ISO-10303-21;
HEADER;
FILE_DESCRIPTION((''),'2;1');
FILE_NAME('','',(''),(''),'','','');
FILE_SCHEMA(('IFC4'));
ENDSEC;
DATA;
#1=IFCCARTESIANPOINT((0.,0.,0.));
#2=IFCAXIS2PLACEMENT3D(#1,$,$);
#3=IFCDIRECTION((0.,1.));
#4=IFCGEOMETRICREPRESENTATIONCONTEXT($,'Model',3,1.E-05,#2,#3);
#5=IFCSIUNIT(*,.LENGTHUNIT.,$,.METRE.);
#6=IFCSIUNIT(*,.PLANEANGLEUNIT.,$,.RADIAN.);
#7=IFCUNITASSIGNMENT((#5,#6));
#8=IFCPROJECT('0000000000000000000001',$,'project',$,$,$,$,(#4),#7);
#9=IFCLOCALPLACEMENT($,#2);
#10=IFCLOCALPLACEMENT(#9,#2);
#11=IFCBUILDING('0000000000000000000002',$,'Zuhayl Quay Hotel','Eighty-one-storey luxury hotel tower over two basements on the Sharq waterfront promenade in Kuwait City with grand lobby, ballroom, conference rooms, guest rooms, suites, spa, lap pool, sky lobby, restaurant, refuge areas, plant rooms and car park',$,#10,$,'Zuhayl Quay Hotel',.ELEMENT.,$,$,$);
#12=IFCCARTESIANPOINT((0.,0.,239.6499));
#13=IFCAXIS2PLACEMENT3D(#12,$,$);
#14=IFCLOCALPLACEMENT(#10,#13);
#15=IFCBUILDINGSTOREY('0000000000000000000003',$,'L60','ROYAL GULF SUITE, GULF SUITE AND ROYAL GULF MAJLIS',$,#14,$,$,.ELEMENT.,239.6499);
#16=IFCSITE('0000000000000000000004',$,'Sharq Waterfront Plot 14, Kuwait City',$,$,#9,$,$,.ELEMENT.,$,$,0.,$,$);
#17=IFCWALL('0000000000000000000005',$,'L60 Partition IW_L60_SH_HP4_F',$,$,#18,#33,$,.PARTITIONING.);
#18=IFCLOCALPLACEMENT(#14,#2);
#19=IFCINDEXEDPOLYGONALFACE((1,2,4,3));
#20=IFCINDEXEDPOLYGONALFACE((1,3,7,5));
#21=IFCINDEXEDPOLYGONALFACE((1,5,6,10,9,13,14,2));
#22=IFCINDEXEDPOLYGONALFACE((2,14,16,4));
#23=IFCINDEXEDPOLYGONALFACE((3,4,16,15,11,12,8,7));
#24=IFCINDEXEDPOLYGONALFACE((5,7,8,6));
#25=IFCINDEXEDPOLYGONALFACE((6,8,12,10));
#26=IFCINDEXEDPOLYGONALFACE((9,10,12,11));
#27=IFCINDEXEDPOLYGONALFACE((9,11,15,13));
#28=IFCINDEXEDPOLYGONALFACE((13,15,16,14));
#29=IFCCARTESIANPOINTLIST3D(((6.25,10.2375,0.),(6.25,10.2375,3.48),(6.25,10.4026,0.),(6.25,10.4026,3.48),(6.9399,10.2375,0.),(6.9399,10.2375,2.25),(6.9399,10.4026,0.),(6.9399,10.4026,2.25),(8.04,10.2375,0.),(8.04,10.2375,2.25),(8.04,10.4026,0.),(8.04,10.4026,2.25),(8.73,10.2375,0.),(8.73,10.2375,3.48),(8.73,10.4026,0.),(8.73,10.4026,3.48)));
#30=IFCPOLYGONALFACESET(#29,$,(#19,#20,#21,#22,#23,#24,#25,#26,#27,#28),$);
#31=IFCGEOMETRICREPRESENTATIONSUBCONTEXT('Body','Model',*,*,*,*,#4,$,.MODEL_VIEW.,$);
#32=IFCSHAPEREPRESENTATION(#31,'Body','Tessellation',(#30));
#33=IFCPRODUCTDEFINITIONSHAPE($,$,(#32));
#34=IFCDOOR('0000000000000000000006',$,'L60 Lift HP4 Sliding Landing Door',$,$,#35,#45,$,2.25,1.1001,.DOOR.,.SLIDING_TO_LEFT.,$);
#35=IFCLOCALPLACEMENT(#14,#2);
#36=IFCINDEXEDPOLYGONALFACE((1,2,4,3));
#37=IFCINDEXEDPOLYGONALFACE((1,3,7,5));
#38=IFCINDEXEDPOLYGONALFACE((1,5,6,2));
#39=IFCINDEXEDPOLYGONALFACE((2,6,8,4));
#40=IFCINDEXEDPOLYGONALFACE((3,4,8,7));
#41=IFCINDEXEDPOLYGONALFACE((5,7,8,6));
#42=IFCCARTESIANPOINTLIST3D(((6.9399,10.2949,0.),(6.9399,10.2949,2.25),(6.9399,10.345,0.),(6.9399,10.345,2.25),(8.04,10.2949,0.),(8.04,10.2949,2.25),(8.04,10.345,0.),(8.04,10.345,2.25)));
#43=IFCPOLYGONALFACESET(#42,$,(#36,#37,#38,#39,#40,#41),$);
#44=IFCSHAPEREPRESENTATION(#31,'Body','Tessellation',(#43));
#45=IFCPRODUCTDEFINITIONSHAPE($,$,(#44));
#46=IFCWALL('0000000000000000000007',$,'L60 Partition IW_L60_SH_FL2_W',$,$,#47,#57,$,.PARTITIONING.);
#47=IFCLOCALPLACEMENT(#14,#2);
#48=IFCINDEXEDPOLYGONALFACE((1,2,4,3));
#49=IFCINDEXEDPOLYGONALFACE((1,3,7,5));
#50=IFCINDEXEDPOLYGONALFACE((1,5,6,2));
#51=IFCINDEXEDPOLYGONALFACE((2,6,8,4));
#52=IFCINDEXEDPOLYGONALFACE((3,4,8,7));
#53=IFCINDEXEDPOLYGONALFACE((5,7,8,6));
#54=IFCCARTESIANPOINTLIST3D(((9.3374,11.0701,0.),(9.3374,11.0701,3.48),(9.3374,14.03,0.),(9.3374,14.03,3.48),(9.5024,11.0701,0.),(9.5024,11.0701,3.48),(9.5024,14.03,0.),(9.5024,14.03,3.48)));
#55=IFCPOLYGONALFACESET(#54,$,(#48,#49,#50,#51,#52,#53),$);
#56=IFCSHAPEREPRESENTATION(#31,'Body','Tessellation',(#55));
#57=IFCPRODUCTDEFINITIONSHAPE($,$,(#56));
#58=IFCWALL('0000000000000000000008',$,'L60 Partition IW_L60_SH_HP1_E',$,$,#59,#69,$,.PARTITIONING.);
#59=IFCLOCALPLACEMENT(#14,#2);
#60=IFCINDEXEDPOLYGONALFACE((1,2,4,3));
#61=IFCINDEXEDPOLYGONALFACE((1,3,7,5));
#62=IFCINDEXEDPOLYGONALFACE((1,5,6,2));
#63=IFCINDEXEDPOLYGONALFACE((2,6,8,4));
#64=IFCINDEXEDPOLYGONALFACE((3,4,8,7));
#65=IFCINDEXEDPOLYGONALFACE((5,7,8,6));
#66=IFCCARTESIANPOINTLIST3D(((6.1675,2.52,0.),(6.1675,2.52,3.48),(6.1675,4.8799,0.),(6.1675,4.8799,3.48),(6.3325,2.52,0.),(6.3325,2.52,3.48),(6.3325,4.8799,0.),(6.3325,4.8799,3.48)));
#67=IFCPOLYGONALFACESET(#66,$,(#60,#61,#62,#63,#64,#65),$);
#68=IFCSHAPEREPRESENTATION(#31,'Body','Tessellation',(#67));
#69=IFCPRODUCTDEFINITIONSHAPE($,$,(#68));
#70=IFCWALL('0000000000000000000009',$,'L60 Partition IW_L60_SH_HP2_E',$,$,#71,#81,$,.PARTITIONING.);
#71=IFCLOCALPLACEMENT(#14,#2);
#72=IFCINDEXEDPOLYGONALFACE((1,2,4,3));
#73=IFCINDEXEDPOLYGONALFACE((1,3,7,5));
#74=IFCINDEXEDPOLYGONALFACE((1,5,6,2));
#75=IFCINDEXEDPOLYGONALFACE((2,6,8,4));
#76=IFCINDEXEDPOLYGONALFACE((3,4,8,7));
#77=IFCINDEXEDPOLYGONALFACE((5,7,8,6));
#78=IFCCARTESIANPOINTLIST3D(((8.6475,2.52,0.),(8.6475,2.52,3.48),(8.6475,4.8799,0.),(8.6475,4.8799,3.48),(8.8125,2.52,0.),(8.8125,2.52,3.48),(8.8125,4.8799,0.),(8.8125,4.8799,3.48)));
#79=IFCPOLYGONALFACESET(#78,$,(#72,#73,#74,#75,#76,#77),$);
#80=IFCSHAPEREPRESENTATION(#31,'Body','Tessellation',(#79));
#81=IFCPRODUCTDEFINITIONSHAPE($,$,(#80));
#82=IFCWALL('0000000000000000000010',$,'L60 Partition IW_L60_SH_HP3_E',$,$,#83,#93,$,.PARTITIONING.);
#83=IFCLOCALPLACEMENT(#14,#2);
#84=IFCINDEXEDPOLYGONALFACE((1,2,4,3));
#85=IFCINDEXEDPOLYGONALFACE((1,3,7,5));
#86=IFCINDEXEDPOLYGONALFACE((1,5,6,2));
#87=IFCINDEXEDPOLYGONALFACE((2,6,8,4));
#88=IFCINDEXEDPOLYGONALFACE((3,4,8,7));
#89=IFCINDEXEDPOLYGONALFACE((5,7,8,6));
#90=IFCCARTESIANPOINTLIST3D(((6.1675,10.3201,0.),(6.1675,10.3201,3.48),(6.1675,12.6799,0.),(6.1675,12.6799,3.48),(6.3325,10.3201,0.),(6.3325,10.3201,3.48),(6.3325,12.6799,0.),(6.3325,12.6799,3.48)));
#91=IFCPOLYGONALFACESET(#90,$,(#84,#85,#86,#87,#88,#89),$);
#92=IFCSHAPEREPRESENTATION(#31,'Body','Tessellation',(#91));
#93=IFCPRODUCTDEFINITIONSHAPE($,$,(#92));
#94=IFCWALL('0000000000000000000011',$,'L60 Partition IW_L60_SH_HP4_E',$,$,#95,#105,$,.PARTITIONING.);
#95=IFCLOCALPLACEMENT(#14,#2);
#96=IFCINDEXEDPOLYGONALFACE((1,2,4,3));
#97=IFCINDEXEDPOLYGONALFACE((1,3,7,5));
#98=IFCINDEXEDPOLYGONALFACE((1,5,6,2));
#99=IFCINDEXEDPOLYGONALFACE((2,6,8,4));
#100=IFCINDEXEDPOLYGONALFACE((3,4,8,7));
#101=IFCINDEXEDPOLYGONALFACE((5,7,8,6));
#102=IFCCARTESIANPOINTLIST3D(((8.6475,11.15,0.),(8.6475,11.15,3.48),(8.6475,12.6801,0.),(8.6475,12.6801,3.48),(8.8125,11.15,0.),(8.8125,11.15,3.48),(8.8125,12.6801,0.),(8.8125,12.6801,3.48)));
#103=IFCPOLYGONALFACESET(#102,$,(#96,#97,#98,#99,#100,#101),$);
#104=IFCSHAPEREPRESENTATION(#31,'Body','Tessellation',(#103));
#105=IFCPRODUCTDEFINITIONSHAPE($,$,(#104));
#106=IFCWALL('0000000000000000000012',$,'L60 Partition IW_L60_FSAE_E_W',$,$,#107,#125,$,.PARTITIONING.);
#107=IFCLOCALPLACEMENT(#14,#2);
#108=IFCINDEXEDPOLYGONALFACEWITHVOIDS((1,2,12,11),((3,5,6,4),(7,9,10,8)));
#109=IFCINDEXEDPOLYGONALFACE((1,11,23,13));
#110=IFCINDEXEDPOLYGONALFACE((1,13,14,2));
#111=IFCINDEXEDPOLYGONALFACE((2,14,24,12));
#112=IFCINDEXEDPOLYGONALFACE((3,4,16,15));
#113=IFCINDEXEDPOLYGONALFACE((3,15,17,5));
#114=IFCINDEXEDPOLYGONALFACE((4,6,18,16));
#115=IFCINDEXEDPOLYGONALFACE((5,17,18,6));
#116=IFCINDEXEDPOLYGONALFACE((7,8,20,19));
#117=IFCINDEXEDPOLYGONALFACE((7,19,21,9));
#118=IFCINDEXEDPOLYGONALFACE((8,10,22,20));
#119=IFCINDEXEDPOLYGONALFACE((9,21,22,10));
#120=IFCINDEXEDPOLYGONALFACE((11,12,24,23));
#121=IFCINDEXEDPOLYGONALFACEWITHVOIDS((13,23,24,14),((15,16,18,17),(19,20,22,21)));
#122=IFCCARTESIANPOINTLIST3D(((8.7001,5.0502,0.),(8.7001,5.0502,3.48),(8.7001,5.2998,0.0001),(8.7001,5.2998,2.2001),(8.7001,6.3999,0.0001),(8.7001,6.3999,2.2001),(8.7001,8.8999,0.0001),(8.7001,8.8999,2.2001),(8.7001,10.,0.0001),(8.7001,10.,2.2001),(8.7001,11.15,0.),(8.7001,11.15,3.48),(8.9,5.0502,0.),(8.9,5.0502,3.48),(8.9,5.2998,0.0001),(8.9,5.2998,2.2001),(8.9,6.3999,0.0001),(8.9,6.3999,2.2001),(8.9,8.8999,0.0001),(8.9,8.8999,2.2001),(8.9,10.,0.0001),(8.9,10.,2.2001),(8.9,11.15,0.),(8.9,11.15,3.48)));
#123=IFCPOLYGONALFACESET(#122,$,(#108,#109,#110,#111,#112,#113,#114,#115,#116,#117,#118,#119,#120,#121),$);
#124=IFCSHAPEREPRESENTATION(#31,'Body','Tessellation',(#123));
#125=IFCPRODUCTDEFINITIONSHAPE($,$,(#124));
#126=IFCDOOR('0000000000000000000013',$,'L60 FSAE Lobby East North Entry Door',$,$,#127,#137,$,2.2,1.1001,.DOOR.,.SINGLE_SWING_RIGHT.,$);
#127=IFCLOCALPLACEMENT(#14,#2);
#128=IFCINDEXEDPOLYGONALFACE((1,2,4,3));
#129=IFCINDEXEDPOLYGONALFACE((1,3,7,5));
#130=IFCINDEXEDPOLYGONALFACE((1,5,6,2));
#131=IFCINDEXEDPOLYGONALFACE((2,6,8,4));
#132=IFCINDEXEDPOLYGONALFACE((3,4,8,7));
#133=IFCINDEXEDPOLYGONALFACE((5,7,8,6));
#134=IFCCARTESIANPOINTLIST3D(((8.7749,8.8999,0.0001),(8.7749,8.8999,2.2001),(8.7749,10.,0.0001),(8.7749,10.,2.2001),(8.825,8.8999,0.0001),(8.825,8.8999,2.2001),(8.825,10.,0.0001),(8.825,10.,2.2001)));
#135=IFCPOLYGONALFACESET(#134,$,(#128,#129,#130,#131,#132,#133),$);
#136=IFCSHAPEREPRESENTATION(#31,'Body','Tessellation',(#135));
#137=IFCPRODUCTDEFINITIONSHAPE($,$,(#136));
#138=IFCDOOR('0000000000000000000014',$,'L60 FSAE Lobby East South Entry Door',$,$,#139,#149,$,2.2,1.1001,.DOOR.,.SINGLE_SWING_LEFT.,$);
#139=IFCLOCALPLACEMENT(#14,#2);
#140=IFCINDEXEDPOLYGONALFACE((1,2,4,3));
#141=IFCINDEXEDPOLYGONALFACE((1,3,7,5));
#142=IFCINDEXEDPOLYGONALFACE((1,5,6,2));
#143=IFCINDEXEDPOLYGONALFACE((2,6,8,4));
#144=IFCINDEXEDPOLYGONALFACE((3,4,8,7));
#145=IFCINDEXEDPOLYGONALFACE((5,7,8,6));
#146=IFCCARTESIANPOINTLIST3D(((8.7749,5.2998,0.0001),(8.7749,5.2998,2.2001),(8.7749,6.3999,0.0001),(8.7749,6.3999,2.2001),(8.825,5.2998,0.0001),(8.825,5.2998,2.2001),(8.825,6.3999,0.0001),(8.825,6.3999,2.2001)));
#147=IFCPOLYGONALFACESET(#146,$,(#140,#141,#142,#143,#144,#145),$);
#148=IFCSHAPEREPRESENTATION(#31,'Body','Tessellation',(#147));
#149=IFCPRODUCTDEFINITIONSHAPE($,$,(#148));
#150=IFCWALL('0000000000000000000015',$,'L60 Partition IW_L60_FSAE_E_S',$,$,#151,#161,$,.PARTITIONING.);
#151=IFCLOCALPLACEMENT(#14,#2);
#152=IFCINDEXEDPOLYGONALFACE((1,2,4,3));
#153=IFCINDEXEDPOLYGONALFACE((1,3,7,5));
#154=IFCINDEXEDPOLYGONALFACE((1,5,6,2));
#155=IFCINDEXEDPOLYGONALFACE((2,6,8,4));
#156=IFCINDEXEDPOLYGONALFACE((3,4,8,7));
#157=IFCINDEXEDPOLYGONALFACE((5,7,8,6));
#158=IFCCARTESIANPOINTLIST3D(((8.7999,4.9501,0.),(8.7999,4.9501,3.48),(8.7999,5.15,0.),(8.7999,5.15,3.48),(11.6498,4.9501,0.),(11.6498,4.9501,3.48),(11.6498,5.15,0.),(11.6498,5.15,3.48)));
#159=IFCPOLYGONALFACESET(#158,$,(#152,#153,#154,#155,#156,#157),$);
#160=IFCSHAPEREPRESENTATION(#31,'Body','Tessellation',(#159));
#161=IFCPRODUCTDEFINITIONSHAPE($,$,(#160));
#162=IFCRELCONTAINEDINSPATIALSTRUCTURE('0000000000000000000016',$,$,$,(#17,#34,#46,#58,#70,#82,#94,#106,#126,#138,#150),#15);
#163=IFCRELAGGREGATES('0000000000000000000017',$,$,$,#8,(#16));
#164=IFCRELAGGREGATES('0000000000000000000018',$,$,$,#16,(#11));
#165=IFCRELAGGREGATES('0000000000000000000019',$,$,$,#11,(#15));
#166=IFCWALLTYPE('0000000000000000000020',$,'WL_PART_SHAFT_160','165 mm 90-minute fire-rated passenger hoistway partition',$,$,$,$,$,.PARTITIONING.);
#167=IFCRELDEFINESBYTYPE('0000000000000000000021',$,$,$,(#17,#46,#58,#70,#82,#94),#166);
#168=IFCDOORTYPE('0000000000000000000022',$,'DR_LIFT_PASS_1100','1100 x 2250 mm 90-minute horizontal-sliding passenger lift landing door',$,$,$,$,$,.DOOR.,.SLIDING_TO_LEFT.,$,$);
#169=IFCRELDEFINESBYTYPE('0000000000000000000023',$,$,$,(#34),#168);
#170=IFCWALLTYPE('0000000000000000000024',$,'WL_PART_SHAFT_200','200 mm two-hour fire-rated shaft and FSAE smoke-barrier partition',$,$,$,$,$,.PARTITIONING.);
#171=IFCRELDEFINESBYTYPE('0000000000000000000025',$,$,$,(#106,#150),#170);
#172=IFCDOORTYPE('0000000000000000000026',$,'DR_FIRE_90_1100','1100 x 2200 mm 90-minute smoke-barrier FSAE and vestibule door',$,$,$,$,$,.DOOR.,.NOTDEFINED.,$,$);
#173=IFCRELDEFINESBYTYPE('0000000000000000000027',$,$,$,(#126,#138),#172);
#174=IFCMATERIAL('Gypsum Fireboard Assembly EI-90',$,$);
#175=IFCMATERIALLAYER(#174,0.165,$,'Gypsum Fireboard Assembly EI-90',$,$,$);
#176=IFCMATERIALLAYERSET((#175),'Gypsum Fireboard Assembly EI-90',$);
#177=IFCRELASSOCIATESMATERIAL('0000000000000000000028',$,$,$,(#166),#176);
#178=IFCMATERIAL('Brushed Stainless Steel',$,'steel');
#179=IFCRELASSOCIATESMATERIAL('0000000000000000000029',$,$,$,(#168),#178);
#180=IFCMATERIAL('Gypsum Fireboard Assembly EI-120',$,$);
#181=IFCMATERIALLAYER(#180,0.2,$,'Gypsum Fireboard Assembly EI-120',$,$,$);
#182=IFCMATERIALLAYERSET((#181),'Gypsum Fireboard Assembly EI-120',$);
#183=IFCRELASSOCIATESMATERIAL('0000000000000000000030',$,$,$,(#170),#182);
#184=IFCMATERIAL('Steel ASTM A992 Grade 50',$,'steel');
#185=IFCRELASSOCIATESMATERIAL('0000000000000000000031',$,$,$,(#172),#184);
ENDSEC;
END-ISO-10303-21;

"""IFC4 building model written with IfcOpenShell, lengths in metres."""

from ifc_helpers import new_model, si_unit, direction, frame, frame_2d, origin, place, context, subcontext, project, spatial, rectangle, extrude, material, layer, layer_set, type_object, element, fill, save


model = new_model("IFC4")

# Units and contexts
model_context = context("Model", 3, precision=1e-05, world=origin(), true_north=direction((0.0, 1.0)))
body_context = subcontext(model_context, "Body", "Model", "MODEL_VIEW")
ifc_project = project(units=[si_unit("LENGTHUNIT", "METRE"), si_unit("PLANEANGLEUNIT", "RADIAN")], contexts=[model_context])

# Site, building, storey
site_placement = place(None, origin())
site = spatial("IfcSite", under=ifc_project, at=site_placement, Name="Sharq Waterfront Plot 14, Kuwait City", CompositionType="ELEMENT", RefElevation=0.0)
building_placement = place(site_placement, origin())
building = spatial("IfcBuilding", under=site, at=building_placement, Name="Zuhayl Quay Hotel", Description="Eighty-one-storey luxury hotel tower over two basements on the Sharq waterfront promenade in Kuwait City with grand lobby, ballroom, conference rooms, guest rooms, suites, spa, lap pool, sky lobby, restaurant, refuge areas, plant rooms and car park", LongName="Zuhayl Quay Hotel", CompositionType="ELEMENT")
storey_placement = place(building_placement, frame((0.0, 0.0, 239.6499)))
storey = spatial("IfcBuildingStorey", under=building, at=storey_placement, Name="L60", Description="ROYAL GULF SUITE, GULF SUITE AND ROYAL GULF MAJLIS", CompositionType="ELEMENT", Elevation=239.6499)

# Shared definitions
ifc_material_1 = material(Name="Steel ASTM A992 Grade 50", Category="steel")

# Wall, opening, door
ifc_material_2 = material(Name="Gypsum Fireboard Assembly EI-90")
ifc_layer_1 = layer(ifc_material_2, 0.165, Name="Gypsum Fireboard Assembly EI-90")
ifc_layer_set_1 = layer_set([ifc_layer_1], Name="Gypsum Fireboard Assembly EI-90")
wall_type_1 = type_object("IfcWallType", Name="WL_PART_SHAFT_160", Description="165 mm 90-minute fire-rated passenger hoistway partition", PredefinedType="PARTITIONING", material=ifc_layer_set_1)
ifc_material_3 = material(Name="Brushed Stainless Steel", Category="steel")
door_type_1 = type_object("IfcDoorType", Name="DR_LIFT_PASS_1100", Description="1100 x 2250 mm 90-minute horizontal-sliding passenger lift landing door", OperationType="SLIDING_TO_LEFT", PredefinedType="DOOR", material=ifc_material_3)
wall_1_placement = place(storey_placement, frame((6.25, 10.3201, 0.0), z_axis=(0.0, 0.0, 1.0), x_axis=(1.0, 0.0, 0.0)))
wall_1 = element("IfcWall", 1, at=wall_1_placement, inside=storey, type_object=wall_type_1, Name="L60 Partition IW_L60_SH_HP4_F", PredefinedType="PARTITIONING", context=body_context, shape_type="SweptSolid", body=[
    extrude(rectangle(XDim=2.48, YDim=0.165, at=frame_2d((1.24, 0.0))), origin(), (0.0, 0.0, 1.0), 3.48),
])
opening_1_placement = place(wall_1_placement, frame((0.6899, 0.0, 0.0)))
opening_1 = element("IfcOpeningElement", 2, at=opening_1_placement, cuts=wall_1, PredefinedType="OPENING", context=body_context, shape_type="SweptSolid", body=[
    extrude(rectangle(XDim=1.1001, YDim=2.25, at=frame_2d((0.55, 1.125))), frame((0.0, 0.0925, 0.0), z_axis=(0.0, -1.0, 0.0), x_axis=(1.0, 0.0, 0.0)), (0.0, 0.0, 1.0), 0.1851),
])
door_1_placement = place(opening_1_placement, origin())
door_1 = element("IfcDoor", 3, at=door_1_placement, inside=storey, type_object=door_type_1, Name="L60 Lift HP4 Sliding Landing Door", OperationType="SLIDING_TO_LEFT", OverallHeight=2.25, OverallWidth=1.1001, PredefinedType="DOOR", context=body_context, shape_type="SweptSolid", body=[
    extrude(rectangle(XDim=1.1001, YDim=2.25, at=frame_2d((0.55, 1.125))), frame((0.0, 0.0249, 0.0), z_axis=(0.0, -1.0, 0.0), x_axis=(1.0, 0.0, 0.0)), (0.0, 0.0, 1.0), 0.05),
])
fill(opening_1, door_1)

# Walls
wall_2_placement = place(storey_placement, frame((9.4199, 11.0701, 0.0), z_axis=(0.0, 0.0, 1.0), x_axis=(0.0, 1.0, 0.0)))
element("IfcWall", 4, at=wall_2_placement, inside=storey, type_object=wall_type_1, Name="L60 Partition IW_L60_SH_FL2_W", PredefinedType="PARTITIONING", context=body_context, shape_type="SweptSolid", body=[
    extrude(rectangle(XDim=2.96, YDim=0.165, at=frame_2d((1.48, 0.0))), origin(), (0.0, 0.0, 1.0), 3.48),
])
for number, where, z_axis, x_axis, name in (
    (5, (6.25, 2.52, 0.0), (0.0, 0.0, 1.0), (0.0, 1.0, 0.0), "L60 Partition IW_L60_SH_HP1_E"),
    (6, (8.73, 2.52, 0.0), (0.0, 0.0, 1.0), (0.0, 1.0, 0.0), "L60 Partition IW_L60_SH_HP2_E"),
    (7, (6.25, 10.3201, 0.0), (0.0, 0.0, 1.0), (0.0, 1.0, 0.0), "L60 Partition IW_L60_SH_HP3_E"),
):
    element("IfcWall", number, at=place(storey_placement, frame(where, z_axis=z_axis, x_axis=x_axis)), inside=storey, type_object=wall_type_1, Name=name, PredefinedType="PARTITIONING", context=body_context, shape_type="SweptSolid", body=[
        extrude(rectangle(XDim=2.3599, YDim=0.165, at=frame_2d((1.1799, 0.0))), origin(), (0.0, 0.0, 1.0), 3.48),
    ])
wall_3_placement = place(storey_placement, frame((8.73, 11.1499, 0.0), z_axis=(0.0, 0.0, 1.0), x_axis=(0.0, 1.0, 0.0)))
element("IfcWall", 8, at=wall_3_placement, inside=storey, type_object=wall_type_1, Name="L60 Partition IW_L60_SH_HP4_E", PredefinedType="PARTITIONING", context=body_context, shape_type="SweptSolid", body=[
    extrude(rectangle(XDim=1.53, YDim=0.165, at=frame_2d((0.7651, 0.0))), origin(), (0.0, 0.0, 1.0), 3.48),
])

# Wall, openings, doors
ifc_material_4 = material(Name="Gypsum Fireboard Assembly EI-120")
ifc_layer_2 = layer(ifc_material_4, 0.2, Name="Gypsum Fireboard Assembly EI-120")
ifc_layer_set_2 = layer_set([ifc_layer_2], Name="Gypsum Fireboard Assembly EI-120")
wall_type_2 = type_object("IfcWallType", Name="WL_PART_SHAFT_200", Description="200 mm two-hour fire-rated shaft and FSAE smoke-barrier partition", PredefinedType="PARTITIONING", material=ifc_layer_set_2)
wall_4_placement = place(storey_placement, frame((8.8, 11.1499, 0.0), z_axis=(0.0, 0.0, 1.0), x_axis=(0.0, -1.0, 0.0)))
wall_4 = element("IfcWall", 9, at=wall_4_placement, inside=storey, type_object=wall_type_2, Name="L60 Partition IW_L60_FSAE_E_W", PredefinedType="PARTITIONING", context=body_context, shape_type="SweptSolid", body=[
    extrude(rectangle(XDim=6.0999, YDim=0.2, at=frame_2d((3.0498, 0.0))), origin(), (0.0, 0.0, 1.0), 3.48),
])
opening_2_placement = place(wall_4_placement, frame((1.1499, 0.0, 0.0)))
opening_2 = element("IfcOpeningElement", 10, at=opening_2_placement, cuts=wall_4, PredefinedType="OPENING", context=body_context, shape_type="SweptSolid", body=[
    extrude(rectangle(XDim=1.1001, YDim=2.2, at=frame_2d((0.55, 1.1001))), frame((0.0, 0.1099, 0.0), z_axis=(0.0, -1.0, 0.0), x_axis=(1.0, 0.0, 0.0)), (0.0, 0.0, 1.0), 0.22),
])
opening_3_placement = place(wall_4_placement, frame((4.75, 0.0, 0.0)))
opening_3 = element("IfcOpeningElement", 11, at=opening_3_placement, cuts=wall_4, PredefinedType="OPENING", context=body_context, shape_type="SweptSolid", body=[
    extrude(rectangle(XDim=1.1001, YDim=2.2, at=frame_2d((0.55, 1.1001))), frame((0.0, 0.1099, 0.0), z_axis=(0.0, -1.0, 0.0), x_axis=(1.0, 0.0, 0.0)), (0.0, 0.0, 1.0), 0.22),
])
door_type_2 = type_object("IfcDoorType", Name="DR_FIRE_90_1100", Description="1100 x 2200 mm 90-minute smoke-barrier FSAE and vestibule door", OperationType="NOTDEFINED", PredefinedType="DOOR", material=ifc_material_1)
door_2_placement = place(opening_2_placement, origin())
door_2 = element("IfcDoor", 12, at=door_2_placement, inside=storey, type_object=door_type_2, Name="L60 FSAE Lobby East North Entry Door", OperationType="SINGLE_SWING_RIGHT", OverallHeight=2.2, OverallWidth=1.1001, PredefinedType="DOOR", context=body_context, shape_type="SweptSolid", body=[
    extrude(rectangle(XDim=1.1001, YDim=2.2, at=frame_2d((0.55, 1.1001))), frame((0.0, 0.0249, 0.0), z_axis=(0.0, -1.0, 0.0), x_axis=(1.0, 0.0, 0.0)), (0.0, 0.0, 1.0), 0.05),
])
fill(opening_2, door_2)
door_3_placement = place(opening_3_placement, origin())
door_3 = element("IfcDoor", 13, at=door_3_placement, inside=storey, type_object=door_type_2, Name="L60 FSAE Lobby East South Entry Door", OperationType="SINGLE_SWING_LEFT", OverallHeight=2.2, OverallWidth=1.1001, PredefinedType="DOOR", context=body_context, shape_type="SweptSolid", body=[
    extrude(rectangle(XDim=1.1001, YDim=2.2, at=frame_2d((0.55, 1.1001))), frame((0.0, 0.0249, 0.0), z_axis=(0.0, -1.0, 0.0), x_axis=(1.0, 0.0, 0.0)), (0.0, 0.0, 1.0), 0.05),
])
fill(opening_3, door_3)

# Wall
wall_5_placement = place(storey_placement, frame((8.8, 5.05, 0.0), z_axis=(0.0, 0.0, 1.0), x_axis=(1.0, 0.0, 0.0)))
element("IfcWall", 14, at=wall_5_placement, inside=storey, type_object=wall_type_2, Name="L60 Partition IW_L60_FSAE_E_S", PredefinedType="PARTITIONING", context=body_context, shape_type="SweptSolid", body=[
    extrude(rectangle(XDim=2.8499, YDim=0.2, at=frame_2d((1.4248, 0.0))), origin(), (0.0, 0.0, 1.0), 3.48),
])

save(model, "model.ifc")
